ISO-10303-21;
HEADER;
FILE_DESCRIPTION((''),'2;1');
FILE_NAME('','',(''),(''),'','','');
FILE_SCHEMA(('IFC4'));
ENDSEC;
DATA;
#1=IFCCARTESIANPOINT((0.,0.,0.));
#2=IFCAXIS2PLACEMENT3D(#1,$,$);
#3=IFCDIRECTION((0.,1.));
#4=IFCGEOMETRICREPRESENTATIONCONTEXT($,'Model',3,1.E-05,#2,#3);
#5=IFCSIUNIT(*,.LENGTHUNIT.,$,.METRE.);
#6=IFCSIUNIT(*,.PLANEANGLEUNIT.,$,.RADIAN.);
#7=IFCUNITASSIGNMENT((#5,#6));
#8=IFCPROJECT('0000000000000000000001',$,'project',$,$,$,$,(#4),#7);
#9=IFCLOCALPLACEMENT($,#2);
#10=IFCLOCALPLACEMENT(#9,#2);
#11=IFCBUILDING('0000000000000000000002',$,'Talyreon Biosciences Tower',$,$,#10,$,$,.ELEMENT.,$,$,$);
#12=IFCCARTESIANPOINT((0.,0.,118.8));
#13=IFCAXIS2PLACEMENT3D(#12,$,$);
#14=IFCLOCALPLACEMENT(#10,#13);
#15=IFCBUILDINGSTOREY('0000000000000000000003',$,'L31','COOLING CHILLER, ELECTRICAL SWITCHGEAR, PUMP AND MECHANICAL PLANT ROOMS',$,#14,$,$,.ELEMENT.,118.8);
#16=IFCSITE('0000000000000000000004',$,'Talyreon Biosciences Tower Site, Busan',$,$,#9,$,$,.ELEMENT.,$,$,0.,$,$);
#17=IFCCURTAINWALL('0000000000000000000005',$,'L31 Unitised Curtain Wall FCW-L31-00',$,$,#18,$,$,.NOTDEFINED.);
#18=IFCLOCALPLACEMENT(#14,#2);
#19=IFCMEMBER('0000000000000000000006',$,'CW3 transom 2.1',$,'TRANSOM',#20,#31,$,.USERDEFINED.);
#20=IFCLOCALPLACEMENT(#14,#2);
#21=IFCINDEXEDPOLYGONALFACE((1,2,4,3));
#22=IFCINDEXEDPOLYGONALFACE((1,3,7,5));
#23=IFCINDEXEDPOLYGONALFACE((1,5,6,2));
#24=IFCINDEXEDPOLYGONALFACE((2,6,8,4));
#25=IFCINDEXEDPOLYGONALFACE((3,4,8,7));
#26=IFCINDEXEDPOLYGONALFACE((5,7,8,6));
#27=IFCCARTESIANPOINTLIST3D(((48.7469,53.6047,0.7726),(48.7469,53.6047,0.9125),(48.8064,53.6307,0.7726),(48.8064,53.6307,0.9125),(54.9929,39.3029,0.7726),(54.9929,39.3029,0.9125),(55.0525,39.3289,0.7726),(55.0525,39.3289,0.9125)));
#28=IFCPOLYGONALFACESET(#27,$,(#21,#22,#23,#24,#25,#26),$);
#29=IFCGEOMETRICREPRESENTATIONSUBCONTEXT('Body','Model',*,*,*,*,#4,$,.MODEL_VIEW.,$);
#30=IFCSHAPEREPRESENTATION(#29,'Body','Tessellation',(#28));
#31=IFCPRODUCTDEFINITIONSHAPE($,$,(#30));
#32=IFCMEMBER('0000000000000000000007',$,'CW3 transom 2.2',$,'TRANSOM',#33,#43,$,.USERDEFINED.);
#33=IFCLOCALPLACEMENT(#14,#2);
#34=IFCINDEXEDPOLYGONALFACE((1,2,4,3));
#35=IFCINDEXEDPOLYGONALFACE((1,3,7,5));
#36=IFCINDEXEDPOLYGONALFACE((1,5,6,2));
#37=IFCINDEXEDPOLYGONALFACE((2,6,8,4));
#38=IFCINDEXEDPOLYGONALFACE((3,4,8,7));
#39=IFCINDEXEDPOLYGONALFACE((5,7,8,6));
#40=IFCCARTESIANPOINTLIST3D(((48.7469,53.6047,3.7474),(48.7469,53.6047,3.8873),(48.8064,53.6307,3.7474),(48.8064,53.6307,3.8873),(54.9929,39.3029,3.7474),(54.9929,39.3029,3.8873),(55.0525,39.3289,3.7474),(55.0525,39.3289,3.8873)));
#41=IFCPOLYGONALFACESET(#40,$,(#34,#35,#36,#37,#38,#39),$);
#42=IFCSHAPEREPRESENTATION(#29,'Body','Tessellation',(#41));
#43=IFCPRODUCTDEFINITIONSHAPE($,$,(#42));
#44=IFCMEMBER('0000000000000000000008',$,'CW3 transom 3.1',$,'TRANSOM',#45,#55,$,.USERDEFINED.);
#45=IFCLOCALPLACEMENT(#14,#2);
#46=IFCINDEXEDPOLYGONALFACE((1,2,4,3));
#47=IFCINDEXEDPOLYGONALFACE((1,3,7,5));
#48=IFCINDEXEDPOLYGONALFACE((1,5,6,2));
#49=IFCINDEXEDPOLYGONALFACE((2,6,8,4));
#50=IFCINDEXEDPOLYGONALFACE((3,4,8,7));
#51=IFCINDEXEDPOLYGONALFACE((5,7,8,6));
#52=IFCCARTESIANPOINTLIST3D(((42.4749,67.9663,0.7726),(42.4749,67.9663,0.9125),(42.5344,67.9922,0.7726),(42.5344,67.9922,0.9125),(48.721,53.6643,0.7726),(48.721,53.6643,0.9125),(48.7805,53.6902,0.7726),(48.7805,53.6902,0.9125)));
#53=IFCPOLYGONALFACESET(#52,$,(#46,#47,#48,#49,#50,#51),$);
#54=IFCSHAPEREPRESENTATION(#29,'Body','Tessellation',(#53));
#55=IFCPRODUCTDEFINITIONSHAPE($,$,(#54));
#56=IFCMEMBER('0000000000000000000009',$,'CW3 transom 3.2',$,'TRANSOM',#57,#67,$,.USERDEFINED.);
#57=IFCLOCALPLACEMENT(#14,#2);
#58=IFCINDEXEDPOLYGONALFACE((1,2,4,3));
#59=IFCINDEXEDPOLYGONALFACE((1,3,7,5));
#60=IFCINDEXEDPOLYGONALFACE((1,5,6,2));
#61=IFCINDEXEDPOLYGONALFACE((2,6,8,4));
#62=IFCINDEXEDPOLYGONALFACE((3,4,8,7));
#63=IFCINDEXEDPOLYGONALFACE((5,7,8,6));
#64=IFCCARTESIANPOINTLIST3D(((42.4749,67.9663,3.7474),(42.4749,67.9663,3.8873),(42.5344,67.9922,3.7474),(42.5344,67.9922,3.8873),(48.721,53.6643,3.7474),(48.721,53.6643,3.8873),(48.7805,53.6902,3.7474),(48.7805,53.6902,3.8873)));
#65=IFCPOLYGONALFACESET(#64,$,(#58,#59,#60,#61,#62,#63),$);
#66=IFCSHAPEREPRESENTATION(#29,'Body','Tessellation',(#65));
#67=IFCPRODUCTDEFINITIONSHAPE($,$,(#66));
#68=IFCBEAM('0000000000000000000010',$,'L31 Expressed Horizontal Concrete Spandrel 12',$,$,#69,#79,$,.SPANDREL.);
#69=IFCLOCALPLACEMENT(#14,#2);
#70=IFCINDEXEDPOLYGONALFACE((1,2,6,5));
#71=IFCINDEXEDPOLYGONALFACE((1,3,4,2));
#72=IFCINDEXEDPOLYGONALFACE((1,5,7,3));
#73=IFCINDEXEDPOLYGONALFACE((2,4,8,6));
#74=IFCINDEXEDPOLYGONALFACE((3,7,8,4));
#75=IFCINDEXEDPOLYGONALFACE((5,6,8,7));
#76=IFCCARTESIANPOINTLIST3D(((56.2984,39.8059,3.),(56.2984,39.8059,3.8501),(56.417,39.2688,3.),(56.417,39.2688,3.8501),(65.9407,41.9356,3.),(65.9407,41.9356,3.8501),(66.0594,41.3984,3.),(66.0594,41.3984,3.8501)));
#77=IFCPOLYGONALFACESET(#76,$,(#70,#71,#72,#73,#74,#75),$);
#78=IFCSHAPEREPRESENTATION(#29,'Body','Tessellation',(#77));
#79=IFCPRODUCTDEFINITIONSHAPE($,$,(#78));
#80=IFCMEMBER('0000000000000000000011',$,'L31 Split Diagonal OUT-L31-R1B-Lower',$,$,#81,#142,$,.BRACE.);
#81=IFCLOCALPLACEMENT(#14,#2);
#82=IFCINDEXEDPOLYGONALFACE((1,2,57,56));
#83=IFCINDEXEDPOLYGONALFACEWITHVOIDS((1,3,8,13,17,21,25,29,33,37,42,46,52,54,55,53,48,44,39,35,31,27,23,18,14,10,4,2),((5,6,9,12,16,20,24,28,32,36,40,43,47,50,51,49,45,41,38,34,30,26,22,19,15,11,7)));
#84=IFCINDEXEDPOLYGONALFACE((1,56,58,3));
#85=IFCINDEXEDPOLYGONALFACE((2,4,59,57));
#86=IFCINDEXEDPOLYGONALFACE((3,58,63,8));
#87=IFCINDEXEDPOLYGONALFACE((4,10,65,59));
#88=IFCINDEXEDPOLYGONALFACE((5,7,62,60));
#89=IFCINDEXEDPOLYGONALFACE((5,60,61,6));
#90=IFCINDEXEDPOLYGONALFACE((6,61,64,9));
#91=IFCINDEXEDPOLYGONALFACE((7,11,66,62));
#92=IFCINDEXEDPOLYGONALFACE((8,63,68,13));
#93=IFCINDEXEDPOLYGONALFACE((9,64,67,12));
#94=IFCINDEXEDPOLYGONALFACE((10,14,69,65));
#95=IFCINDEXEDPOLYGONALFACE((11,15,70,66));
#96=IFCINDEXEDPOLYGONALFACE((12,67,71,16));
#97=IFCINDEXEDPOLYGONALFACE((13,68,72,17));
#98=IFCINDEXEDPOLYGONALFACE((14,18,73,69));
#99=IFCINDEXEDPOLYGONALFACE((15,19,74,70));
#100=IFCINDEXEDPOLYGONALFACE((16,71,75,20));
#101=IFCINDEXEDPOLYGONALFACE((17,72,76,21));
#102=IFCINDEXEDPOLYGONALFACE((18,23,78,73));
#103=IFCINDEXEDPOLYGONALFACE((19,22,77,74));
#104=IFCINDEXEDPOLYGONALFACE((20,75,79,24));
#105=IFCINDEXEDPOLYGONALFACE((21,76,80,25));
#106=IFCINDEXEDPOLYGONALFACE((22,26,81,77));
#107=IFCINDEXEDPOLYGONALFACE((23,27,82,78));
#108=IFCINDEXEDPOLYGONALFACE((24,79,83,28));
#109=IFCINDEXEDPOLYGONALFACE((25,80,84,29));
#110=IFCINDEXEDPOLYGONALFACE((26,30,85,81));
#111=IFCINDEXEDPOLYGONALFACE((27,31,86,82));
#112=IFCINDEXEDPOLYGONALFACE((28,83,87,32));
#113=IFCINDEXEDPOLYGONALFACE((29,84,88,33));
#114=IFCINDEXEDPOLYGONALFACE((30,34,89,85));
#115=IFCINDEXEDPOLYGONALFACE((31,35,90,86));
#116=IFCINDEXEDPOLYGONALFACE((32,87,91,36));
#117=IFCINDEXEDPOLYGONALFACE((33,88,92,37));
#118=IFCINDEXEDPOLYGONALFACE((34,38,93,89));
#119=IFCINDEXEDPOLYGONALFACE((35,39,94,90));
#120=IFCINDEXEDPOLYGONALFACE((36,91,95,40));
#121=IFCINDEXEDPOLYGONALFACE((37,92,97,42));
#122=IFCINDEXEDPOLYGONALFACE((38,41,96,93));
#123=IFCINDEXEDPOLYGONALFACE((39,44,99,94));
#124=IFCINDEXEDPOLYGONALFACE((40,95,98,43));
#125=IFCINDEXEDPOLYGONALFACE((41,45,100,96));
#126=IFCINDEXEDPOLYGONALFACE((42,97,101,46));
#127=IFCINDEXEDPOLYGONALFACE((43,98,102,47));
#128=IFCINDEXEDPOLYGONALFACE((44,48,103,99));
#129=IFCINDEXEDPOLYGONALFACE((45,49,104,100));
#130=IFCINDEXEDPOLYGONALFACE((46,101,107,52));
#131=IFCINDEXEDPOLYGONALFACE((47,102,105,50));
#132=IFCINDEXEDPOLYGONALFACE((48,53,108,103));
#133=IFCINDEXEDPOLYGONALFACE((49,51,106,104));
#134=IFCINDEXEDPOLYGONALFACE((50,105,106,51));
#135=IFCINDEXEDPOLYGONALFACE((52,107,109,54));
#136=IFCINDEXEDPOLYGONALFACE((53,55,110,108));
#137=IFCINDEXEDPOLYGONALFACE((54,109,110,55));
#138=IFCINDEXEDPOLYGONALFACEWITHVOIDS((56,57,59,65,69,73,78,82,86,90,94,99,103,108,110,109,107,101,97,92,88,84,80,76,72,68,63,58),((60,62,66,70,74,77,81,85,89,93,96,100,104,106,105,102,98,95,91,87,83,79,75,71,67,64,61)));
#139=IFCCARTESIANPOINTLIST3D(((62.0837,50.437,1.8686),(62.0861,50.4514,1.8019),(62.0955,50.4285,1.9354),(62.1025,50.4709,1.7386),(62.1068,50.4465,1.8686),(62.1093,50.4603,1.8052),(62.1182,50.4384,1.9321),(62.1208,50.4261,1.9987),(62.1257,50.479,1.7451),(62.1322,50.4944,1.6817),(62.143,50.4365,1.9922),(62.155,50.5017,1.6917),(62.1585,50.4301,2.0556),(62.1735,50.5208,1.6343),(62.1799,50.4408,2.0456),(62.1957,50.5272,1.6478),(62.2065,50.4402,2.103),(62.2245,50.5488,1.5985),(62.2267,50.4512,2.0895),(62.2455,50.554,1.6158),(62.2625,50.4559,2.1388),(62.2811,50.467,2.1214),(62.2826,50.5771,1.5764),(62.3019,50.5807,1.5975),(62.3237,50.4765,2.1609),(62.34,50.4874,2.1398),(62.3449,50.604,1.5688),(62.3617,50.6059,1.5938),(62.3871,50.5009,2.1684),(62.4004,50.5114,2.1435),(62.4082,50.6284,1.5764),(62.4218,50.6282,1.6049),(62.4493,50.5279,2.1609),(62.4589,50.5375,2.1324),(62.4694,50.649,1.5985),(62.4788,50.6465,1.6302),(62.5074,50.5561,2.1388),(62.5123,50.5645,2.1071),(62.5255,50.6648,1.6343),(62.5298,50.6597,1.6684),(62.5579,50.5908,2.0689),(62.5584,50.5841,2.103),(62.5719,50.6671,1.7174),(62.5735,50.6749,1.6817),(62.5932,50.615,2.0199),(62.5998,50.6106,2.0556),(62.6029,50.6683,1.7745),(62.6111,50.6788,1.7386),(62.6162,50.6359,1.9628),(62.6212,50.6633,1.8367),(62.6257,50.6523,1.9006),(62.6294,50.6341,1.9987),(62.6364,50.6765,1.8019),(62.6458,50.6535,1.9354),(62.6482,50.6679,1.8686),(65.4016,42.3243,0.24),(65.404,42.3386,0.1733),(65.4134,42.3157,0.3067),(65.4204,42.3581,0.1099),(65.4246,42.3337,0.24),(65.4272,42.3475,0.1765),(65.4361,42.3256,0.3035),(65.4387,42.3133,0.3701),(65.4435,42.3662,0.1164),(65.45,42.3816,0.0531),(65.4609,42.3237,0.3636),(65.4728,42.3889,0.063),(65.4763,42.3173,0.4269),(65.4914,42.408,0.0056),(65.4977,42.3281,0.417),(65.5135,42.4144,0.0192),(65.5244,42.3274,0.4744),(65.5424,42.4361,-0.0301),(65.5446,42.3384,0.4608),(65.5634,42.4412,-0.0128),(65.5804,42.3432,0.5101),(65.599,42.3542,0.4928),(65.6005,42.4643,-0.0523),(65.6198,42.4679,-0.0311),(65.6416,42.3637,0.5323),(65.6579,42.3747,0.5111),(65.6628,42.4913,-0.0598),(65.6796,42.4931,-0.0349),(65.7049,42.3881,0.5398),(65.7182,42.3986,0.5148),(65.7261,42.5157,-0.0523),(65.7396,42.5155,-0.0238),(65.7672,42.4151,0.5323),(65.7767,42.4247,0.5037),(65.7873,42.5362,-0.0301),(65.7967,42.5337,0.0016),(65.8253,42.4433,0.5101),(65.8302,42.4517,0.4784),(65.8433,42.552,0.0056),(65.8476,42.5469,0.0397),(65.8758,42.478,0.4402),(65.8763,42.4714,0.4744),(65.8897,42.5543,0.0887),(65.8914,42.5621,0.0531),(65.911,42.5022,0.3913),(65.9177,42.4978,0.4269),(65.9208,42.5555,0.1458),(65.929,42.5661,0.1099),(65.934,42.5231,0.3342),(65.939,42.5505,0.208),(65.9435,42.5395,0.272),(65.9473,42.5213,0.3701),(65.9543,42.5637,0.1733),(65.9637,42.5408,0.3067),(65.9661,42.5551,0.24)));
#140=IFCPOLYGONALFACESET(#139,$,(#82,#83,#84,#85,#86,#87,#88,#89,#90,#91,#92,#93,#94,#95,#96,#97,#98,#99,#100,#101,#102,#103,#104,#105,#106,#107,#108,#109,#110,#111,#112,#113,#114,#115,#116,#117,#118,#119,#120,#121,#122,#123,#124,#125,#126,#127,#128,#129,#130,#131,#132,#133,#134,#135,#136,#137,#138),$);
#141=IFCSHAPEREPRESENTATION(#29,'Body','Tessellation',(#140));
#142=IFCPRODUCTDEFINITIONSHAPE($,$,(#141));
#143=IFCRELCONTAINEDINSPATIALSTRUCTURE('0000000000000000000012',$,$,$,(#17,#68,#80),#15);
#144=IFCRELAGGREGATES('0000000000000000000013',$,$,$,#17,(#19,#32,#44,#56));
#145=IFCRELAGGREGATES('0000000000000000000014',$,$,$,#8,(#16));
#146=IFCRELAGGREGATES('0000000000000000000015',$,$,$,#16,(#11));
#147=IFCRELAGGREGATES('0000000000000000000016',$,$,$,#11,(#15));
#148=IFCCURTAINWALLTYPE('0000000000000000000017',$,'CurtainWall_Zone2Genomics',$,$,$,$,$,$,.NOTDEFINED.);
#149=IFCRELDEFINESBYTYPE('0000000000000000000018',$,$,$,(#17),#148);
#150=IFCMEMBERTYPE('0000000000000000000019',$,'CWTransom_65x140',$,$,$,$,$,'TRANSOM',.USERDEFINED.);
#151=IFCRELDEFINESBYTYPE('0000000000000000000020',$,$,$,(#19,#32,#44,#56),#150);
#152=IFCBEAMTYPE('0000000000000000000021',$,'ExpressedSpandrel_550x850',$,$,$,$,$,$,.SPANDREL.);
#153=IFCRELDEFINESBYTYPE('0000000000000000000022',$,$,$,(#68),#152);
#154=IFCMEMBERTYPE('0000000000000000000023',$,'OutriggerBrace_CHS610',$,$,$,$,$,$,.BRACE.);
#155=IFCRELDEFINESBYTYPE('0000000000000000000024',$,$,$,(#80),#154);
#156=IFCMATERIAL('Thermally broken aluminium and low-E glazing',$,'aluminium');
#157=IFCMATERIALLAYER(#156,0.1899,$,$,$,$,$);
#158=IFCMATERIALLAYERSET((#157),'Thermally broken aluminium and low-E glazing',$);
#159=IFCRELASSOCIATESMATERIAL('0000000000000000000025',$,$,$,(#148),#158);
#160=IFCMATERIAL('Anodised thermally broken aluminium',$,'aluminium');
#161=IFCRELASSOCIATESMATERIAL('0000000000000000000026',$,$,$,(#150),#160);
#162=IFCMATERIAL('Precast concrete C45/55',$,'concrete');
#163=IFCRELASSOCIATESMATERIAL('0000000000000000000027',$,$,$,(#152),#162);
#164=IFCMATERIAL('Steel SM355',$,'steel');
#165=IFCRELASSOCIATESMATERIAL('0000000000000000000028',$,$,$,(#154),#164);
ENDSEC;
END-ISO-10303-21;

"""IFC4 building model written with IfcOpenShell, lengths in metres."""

from ifc_helpers import new_model, si_unit, direction, frame, origin, origin_2d, place, context, subcontext, project, spatial, rectangle, hollow_circle, extrude, material, layer, layer_set, material_profile, profile_set, type_object, element, aggregate, save


model = new_model("IFC4")

# Units and contexts
model_context = context("Model", 3, precision=1e-05, world=origin(), true_north=direction((0.0, 1.0)))
body_context = subcontext(model_context, "Body", "Model", "MODEL_VIEW")
ifc_project = project(units=[si_unit("LENGTHUNIT", "METRE"), si_unit("PLANEANGLEUNIT", "RADIAN")], contexts=[model_context])

# Site, building, storey
site_placement = place(None, origin())
site = spatial("IfcSite", under=ifc_project, at=site_placement, Name="Talyreon Biosciences Tower Site, Busan", CompositionType="ELEMENT", RefElevation=0.0)
building_placement = place(site_placement, origin())
building = spatial("IfcBuilding", under=site, at=building_placement, Name="Talyreon Biosciences Tower", CompositionType="ELEMENT")
storey_placement = place(building_placement, frame((0.0, 0.0, 118.8)))
storey = spatial("IfcBuildingStorey", under=building, at=storey_placement, Name="L31", Description="COOLING CHILLER, ELECTRICAL SWITCHGEAR, PUMP AND MECHANICAL PLANT ROOMS", CompositionType="ELEMENT", Elevation=118.8)

# Shared definitions
ifc_material_1 = material(Name="Steel SM355", Category="steel")

# Curtain wall, members
ifc_material_2 = material(Name="Thermally broken aluminium and low-E glazing", Category="aluminium")
ifc_layer_1 = layer(ifc_material_2, 0.1899)
ifc_layer_set_1 = layer_set([ifc_layer_1], Name="Thermally broken aluminium and low-E glazing")
curtain_wall_type = type_object("IfcCurtainWallType", Name="CurtainWall_Zone2Genomics", PredefinedType="NOTDEFINED", material=ifc_layer_set_1)
curtain_wall_placement = place(storey_placement, origin())
curtain_wall = element("IfcCurtainWall", 1, at=curtain_wall_placement, inside=storey, type_object=curtain_wall_type, Name="L31 Unitised Curtain Wall FCW-L31-00", PredefinedType="NOTDEFINED")
ifc_material_3 = material(Name="Anodised thermally broken aluminium", Category="aluminium")
ifc_material_profile_1 = material_profile(ifc_material_3, rectangle(XDim=0.0649, YDim=0.1399, at=origin_2d()), Name="ALUM TRANSOM 65x140")
ifc_profile_set_1 = profile_set([ifc_material_profile_1], Name="Anodised thermally broken aluminium")
member_type_1 = type_object("IfcMemberType", Name="CWTransom_65x140", ElementType="TRANSOM", PredefinedType="USERDEFINED", material=ifc_profile_set_1)
member_1_placement = place(storey_placement, frame((55.0227, 39.3159, 0.8425), z_axis=(-0.400231, 0.916414, 0.0), x_axis=(-0.916414, -0.400231, 0.0)))
member_1 = element("IfcMember", 2, at=member_1_placement, type_object=member_type_1, Name="CW3 transom 2.1", ObjectType="TRANSOM", PredefinedType="USERDEFINED", context=body_context, shape_type="SweptSolid", body=[
    extrude(rectangle(XDim=0.0649, YDim=0.1399, at=origin_2d()), origin(), (0.0, 0.0, 1.0), 15.6062),
])
member_2_placement = place(storey_placement, frame((55.0227, 39.3159, 3.8174), z_axis=(-0.400231, 0.916414, 0.0), x_axis=(-0.916414, -0.400231, 0.0)))
member_2 = element("IfcMember", 3, at=member_2_placement, type_object=member_type_1, Name="CW3 transom 2.2", ObjectType="TRANSOM", PredefinedType="USERDEFINED", context=body_context, shape_type="SweptSolid", body=[
    extrude(rectangle(XDim=0.0649, YDim=0.1399, at=origin_2d()), origin(), (0.0, 0.0, 1.0), 15.6062),
])
member_3_placement = place(storey_placement, frame((48.7507, 53.6772, 0.8425), z_axis=(-0.400225, 0.916417, 0.0), x_axis=(-0.916417, -0.400225, 0.0)))
member_3 = element("IfcMember", 4, at=member_3_placement, type_object=member_type_1, Name="CW3 transom 3.1", ObjectType="TRANSOM", PredefinedType="USERDEFINED", context=body_context, shape_type="SweptSolid", body=[
    extrude(rectangle(XDim=0.0649, YDim=0.1399, at=origin_2d()), origin(), (0.0, 0.0, 1.0), 15.6064),
])
member_4_placement = place(storey_placement, frame((48.7507, 53.6772, 3.8174), z_axis=(-0.400225, 0.916417, 0.0), x_axis=(-0.916417, -0.400225, 0.0)))
member_4 = element("IfcMember", 5, at=member_4_placement, type_object=member_type_1, Name="CW3 transom 3.2", ObjectType="TRANSOM", PredefinedType="USERDEFINED", context=body_context, shape_type="SweptSolid", body=[
    extrude(rectangle(XDim=0.0649, YDim=0.1399, at=origin_2d()), origin(), (0.0, 0.0, 1.0), 15.6064),
])

# Beam
ifc_material_4 = material(Name="Precast concrete C45/55", Category="concrete")
ifc_material_profile_2 = material_profile(ifc_material_4, rectangle(XDim=0.55, YDim=0.8501, at=origin_2d()), Name="RCB 550x850")
ifc_profile_set_2 = profile_set([ifc_material_profile_2], Name="Precast concrete C45/55")
beam_type_1 = type_object("IfcBeamType", Name="ExpressedSpandrel_550x850", PredefinedType="SPANDREL", material=ifc_profile_set_2)
beam_1_placement = place(storey_placement, frame((56.3577, 39.5374, 3.425), z_axis=(0.976467, 0.215666, 0.0), x_axis=(-0.215666, 0.976467, 0.0)))
element("IfcBeam", 6, at=beam_1_placement, inside=storey, type_object=beam_type_1, Name="L31 Expressed Horizontal Concrete Spandrel 12", PredefinedType="SPANDREL", context=body_context, shape_type="SweptSolid", body=[
    extrude(rectangle(XDim=0.55, YDim=0.8501, at=origin_2d()), origin(), (0.0, 0.0, 1.0), 9.8748),
])

# Member
ifc_material_profile_3 = material_profile(ifc_material_1, hollow_circle(Radius=0.3049, WallThickness=0.0249, at=origin_2d()), Name="CHS 610x25")
ifc_profile_set_3 = profile_set([ifc_material_profile_3], Name="Steel SM355")
member_type_2 = type_object("IfcMemberType", Name="OutriggerBrace_CHS610", PredefinedType="BRACE", material=ifc_profile_set_3)
for number, where, z_axis, x_axis, name in (
    (7, (65.6838, 42.4397, 0.24), (-0.372165, 0.91001, 0.182687), (-0.925587, -0.378535, 0.0), "L31 Split Diagonal OUT-L31-R1B-Lower"),
):
    element("IfcMember", number, at=place(storey_placement, frame(where, z_axis=z_axis, x_axis=x_axis)), inside=storey, type_object=member_type_2, Name=name, PredefinedType="BRACE", context=body_context, shape_type="SweptSolid", body=[
        extrude(hollow_circle(Radius=0.3049, WallThickness=0.0249, at=origin_2d()), origin(), (0.0, 0.0, 1.0), 8.915),
    ])

aggregate(curtain_wall, [member_1, member_2, member_3, member_4])

save(model, "model.ifc")
